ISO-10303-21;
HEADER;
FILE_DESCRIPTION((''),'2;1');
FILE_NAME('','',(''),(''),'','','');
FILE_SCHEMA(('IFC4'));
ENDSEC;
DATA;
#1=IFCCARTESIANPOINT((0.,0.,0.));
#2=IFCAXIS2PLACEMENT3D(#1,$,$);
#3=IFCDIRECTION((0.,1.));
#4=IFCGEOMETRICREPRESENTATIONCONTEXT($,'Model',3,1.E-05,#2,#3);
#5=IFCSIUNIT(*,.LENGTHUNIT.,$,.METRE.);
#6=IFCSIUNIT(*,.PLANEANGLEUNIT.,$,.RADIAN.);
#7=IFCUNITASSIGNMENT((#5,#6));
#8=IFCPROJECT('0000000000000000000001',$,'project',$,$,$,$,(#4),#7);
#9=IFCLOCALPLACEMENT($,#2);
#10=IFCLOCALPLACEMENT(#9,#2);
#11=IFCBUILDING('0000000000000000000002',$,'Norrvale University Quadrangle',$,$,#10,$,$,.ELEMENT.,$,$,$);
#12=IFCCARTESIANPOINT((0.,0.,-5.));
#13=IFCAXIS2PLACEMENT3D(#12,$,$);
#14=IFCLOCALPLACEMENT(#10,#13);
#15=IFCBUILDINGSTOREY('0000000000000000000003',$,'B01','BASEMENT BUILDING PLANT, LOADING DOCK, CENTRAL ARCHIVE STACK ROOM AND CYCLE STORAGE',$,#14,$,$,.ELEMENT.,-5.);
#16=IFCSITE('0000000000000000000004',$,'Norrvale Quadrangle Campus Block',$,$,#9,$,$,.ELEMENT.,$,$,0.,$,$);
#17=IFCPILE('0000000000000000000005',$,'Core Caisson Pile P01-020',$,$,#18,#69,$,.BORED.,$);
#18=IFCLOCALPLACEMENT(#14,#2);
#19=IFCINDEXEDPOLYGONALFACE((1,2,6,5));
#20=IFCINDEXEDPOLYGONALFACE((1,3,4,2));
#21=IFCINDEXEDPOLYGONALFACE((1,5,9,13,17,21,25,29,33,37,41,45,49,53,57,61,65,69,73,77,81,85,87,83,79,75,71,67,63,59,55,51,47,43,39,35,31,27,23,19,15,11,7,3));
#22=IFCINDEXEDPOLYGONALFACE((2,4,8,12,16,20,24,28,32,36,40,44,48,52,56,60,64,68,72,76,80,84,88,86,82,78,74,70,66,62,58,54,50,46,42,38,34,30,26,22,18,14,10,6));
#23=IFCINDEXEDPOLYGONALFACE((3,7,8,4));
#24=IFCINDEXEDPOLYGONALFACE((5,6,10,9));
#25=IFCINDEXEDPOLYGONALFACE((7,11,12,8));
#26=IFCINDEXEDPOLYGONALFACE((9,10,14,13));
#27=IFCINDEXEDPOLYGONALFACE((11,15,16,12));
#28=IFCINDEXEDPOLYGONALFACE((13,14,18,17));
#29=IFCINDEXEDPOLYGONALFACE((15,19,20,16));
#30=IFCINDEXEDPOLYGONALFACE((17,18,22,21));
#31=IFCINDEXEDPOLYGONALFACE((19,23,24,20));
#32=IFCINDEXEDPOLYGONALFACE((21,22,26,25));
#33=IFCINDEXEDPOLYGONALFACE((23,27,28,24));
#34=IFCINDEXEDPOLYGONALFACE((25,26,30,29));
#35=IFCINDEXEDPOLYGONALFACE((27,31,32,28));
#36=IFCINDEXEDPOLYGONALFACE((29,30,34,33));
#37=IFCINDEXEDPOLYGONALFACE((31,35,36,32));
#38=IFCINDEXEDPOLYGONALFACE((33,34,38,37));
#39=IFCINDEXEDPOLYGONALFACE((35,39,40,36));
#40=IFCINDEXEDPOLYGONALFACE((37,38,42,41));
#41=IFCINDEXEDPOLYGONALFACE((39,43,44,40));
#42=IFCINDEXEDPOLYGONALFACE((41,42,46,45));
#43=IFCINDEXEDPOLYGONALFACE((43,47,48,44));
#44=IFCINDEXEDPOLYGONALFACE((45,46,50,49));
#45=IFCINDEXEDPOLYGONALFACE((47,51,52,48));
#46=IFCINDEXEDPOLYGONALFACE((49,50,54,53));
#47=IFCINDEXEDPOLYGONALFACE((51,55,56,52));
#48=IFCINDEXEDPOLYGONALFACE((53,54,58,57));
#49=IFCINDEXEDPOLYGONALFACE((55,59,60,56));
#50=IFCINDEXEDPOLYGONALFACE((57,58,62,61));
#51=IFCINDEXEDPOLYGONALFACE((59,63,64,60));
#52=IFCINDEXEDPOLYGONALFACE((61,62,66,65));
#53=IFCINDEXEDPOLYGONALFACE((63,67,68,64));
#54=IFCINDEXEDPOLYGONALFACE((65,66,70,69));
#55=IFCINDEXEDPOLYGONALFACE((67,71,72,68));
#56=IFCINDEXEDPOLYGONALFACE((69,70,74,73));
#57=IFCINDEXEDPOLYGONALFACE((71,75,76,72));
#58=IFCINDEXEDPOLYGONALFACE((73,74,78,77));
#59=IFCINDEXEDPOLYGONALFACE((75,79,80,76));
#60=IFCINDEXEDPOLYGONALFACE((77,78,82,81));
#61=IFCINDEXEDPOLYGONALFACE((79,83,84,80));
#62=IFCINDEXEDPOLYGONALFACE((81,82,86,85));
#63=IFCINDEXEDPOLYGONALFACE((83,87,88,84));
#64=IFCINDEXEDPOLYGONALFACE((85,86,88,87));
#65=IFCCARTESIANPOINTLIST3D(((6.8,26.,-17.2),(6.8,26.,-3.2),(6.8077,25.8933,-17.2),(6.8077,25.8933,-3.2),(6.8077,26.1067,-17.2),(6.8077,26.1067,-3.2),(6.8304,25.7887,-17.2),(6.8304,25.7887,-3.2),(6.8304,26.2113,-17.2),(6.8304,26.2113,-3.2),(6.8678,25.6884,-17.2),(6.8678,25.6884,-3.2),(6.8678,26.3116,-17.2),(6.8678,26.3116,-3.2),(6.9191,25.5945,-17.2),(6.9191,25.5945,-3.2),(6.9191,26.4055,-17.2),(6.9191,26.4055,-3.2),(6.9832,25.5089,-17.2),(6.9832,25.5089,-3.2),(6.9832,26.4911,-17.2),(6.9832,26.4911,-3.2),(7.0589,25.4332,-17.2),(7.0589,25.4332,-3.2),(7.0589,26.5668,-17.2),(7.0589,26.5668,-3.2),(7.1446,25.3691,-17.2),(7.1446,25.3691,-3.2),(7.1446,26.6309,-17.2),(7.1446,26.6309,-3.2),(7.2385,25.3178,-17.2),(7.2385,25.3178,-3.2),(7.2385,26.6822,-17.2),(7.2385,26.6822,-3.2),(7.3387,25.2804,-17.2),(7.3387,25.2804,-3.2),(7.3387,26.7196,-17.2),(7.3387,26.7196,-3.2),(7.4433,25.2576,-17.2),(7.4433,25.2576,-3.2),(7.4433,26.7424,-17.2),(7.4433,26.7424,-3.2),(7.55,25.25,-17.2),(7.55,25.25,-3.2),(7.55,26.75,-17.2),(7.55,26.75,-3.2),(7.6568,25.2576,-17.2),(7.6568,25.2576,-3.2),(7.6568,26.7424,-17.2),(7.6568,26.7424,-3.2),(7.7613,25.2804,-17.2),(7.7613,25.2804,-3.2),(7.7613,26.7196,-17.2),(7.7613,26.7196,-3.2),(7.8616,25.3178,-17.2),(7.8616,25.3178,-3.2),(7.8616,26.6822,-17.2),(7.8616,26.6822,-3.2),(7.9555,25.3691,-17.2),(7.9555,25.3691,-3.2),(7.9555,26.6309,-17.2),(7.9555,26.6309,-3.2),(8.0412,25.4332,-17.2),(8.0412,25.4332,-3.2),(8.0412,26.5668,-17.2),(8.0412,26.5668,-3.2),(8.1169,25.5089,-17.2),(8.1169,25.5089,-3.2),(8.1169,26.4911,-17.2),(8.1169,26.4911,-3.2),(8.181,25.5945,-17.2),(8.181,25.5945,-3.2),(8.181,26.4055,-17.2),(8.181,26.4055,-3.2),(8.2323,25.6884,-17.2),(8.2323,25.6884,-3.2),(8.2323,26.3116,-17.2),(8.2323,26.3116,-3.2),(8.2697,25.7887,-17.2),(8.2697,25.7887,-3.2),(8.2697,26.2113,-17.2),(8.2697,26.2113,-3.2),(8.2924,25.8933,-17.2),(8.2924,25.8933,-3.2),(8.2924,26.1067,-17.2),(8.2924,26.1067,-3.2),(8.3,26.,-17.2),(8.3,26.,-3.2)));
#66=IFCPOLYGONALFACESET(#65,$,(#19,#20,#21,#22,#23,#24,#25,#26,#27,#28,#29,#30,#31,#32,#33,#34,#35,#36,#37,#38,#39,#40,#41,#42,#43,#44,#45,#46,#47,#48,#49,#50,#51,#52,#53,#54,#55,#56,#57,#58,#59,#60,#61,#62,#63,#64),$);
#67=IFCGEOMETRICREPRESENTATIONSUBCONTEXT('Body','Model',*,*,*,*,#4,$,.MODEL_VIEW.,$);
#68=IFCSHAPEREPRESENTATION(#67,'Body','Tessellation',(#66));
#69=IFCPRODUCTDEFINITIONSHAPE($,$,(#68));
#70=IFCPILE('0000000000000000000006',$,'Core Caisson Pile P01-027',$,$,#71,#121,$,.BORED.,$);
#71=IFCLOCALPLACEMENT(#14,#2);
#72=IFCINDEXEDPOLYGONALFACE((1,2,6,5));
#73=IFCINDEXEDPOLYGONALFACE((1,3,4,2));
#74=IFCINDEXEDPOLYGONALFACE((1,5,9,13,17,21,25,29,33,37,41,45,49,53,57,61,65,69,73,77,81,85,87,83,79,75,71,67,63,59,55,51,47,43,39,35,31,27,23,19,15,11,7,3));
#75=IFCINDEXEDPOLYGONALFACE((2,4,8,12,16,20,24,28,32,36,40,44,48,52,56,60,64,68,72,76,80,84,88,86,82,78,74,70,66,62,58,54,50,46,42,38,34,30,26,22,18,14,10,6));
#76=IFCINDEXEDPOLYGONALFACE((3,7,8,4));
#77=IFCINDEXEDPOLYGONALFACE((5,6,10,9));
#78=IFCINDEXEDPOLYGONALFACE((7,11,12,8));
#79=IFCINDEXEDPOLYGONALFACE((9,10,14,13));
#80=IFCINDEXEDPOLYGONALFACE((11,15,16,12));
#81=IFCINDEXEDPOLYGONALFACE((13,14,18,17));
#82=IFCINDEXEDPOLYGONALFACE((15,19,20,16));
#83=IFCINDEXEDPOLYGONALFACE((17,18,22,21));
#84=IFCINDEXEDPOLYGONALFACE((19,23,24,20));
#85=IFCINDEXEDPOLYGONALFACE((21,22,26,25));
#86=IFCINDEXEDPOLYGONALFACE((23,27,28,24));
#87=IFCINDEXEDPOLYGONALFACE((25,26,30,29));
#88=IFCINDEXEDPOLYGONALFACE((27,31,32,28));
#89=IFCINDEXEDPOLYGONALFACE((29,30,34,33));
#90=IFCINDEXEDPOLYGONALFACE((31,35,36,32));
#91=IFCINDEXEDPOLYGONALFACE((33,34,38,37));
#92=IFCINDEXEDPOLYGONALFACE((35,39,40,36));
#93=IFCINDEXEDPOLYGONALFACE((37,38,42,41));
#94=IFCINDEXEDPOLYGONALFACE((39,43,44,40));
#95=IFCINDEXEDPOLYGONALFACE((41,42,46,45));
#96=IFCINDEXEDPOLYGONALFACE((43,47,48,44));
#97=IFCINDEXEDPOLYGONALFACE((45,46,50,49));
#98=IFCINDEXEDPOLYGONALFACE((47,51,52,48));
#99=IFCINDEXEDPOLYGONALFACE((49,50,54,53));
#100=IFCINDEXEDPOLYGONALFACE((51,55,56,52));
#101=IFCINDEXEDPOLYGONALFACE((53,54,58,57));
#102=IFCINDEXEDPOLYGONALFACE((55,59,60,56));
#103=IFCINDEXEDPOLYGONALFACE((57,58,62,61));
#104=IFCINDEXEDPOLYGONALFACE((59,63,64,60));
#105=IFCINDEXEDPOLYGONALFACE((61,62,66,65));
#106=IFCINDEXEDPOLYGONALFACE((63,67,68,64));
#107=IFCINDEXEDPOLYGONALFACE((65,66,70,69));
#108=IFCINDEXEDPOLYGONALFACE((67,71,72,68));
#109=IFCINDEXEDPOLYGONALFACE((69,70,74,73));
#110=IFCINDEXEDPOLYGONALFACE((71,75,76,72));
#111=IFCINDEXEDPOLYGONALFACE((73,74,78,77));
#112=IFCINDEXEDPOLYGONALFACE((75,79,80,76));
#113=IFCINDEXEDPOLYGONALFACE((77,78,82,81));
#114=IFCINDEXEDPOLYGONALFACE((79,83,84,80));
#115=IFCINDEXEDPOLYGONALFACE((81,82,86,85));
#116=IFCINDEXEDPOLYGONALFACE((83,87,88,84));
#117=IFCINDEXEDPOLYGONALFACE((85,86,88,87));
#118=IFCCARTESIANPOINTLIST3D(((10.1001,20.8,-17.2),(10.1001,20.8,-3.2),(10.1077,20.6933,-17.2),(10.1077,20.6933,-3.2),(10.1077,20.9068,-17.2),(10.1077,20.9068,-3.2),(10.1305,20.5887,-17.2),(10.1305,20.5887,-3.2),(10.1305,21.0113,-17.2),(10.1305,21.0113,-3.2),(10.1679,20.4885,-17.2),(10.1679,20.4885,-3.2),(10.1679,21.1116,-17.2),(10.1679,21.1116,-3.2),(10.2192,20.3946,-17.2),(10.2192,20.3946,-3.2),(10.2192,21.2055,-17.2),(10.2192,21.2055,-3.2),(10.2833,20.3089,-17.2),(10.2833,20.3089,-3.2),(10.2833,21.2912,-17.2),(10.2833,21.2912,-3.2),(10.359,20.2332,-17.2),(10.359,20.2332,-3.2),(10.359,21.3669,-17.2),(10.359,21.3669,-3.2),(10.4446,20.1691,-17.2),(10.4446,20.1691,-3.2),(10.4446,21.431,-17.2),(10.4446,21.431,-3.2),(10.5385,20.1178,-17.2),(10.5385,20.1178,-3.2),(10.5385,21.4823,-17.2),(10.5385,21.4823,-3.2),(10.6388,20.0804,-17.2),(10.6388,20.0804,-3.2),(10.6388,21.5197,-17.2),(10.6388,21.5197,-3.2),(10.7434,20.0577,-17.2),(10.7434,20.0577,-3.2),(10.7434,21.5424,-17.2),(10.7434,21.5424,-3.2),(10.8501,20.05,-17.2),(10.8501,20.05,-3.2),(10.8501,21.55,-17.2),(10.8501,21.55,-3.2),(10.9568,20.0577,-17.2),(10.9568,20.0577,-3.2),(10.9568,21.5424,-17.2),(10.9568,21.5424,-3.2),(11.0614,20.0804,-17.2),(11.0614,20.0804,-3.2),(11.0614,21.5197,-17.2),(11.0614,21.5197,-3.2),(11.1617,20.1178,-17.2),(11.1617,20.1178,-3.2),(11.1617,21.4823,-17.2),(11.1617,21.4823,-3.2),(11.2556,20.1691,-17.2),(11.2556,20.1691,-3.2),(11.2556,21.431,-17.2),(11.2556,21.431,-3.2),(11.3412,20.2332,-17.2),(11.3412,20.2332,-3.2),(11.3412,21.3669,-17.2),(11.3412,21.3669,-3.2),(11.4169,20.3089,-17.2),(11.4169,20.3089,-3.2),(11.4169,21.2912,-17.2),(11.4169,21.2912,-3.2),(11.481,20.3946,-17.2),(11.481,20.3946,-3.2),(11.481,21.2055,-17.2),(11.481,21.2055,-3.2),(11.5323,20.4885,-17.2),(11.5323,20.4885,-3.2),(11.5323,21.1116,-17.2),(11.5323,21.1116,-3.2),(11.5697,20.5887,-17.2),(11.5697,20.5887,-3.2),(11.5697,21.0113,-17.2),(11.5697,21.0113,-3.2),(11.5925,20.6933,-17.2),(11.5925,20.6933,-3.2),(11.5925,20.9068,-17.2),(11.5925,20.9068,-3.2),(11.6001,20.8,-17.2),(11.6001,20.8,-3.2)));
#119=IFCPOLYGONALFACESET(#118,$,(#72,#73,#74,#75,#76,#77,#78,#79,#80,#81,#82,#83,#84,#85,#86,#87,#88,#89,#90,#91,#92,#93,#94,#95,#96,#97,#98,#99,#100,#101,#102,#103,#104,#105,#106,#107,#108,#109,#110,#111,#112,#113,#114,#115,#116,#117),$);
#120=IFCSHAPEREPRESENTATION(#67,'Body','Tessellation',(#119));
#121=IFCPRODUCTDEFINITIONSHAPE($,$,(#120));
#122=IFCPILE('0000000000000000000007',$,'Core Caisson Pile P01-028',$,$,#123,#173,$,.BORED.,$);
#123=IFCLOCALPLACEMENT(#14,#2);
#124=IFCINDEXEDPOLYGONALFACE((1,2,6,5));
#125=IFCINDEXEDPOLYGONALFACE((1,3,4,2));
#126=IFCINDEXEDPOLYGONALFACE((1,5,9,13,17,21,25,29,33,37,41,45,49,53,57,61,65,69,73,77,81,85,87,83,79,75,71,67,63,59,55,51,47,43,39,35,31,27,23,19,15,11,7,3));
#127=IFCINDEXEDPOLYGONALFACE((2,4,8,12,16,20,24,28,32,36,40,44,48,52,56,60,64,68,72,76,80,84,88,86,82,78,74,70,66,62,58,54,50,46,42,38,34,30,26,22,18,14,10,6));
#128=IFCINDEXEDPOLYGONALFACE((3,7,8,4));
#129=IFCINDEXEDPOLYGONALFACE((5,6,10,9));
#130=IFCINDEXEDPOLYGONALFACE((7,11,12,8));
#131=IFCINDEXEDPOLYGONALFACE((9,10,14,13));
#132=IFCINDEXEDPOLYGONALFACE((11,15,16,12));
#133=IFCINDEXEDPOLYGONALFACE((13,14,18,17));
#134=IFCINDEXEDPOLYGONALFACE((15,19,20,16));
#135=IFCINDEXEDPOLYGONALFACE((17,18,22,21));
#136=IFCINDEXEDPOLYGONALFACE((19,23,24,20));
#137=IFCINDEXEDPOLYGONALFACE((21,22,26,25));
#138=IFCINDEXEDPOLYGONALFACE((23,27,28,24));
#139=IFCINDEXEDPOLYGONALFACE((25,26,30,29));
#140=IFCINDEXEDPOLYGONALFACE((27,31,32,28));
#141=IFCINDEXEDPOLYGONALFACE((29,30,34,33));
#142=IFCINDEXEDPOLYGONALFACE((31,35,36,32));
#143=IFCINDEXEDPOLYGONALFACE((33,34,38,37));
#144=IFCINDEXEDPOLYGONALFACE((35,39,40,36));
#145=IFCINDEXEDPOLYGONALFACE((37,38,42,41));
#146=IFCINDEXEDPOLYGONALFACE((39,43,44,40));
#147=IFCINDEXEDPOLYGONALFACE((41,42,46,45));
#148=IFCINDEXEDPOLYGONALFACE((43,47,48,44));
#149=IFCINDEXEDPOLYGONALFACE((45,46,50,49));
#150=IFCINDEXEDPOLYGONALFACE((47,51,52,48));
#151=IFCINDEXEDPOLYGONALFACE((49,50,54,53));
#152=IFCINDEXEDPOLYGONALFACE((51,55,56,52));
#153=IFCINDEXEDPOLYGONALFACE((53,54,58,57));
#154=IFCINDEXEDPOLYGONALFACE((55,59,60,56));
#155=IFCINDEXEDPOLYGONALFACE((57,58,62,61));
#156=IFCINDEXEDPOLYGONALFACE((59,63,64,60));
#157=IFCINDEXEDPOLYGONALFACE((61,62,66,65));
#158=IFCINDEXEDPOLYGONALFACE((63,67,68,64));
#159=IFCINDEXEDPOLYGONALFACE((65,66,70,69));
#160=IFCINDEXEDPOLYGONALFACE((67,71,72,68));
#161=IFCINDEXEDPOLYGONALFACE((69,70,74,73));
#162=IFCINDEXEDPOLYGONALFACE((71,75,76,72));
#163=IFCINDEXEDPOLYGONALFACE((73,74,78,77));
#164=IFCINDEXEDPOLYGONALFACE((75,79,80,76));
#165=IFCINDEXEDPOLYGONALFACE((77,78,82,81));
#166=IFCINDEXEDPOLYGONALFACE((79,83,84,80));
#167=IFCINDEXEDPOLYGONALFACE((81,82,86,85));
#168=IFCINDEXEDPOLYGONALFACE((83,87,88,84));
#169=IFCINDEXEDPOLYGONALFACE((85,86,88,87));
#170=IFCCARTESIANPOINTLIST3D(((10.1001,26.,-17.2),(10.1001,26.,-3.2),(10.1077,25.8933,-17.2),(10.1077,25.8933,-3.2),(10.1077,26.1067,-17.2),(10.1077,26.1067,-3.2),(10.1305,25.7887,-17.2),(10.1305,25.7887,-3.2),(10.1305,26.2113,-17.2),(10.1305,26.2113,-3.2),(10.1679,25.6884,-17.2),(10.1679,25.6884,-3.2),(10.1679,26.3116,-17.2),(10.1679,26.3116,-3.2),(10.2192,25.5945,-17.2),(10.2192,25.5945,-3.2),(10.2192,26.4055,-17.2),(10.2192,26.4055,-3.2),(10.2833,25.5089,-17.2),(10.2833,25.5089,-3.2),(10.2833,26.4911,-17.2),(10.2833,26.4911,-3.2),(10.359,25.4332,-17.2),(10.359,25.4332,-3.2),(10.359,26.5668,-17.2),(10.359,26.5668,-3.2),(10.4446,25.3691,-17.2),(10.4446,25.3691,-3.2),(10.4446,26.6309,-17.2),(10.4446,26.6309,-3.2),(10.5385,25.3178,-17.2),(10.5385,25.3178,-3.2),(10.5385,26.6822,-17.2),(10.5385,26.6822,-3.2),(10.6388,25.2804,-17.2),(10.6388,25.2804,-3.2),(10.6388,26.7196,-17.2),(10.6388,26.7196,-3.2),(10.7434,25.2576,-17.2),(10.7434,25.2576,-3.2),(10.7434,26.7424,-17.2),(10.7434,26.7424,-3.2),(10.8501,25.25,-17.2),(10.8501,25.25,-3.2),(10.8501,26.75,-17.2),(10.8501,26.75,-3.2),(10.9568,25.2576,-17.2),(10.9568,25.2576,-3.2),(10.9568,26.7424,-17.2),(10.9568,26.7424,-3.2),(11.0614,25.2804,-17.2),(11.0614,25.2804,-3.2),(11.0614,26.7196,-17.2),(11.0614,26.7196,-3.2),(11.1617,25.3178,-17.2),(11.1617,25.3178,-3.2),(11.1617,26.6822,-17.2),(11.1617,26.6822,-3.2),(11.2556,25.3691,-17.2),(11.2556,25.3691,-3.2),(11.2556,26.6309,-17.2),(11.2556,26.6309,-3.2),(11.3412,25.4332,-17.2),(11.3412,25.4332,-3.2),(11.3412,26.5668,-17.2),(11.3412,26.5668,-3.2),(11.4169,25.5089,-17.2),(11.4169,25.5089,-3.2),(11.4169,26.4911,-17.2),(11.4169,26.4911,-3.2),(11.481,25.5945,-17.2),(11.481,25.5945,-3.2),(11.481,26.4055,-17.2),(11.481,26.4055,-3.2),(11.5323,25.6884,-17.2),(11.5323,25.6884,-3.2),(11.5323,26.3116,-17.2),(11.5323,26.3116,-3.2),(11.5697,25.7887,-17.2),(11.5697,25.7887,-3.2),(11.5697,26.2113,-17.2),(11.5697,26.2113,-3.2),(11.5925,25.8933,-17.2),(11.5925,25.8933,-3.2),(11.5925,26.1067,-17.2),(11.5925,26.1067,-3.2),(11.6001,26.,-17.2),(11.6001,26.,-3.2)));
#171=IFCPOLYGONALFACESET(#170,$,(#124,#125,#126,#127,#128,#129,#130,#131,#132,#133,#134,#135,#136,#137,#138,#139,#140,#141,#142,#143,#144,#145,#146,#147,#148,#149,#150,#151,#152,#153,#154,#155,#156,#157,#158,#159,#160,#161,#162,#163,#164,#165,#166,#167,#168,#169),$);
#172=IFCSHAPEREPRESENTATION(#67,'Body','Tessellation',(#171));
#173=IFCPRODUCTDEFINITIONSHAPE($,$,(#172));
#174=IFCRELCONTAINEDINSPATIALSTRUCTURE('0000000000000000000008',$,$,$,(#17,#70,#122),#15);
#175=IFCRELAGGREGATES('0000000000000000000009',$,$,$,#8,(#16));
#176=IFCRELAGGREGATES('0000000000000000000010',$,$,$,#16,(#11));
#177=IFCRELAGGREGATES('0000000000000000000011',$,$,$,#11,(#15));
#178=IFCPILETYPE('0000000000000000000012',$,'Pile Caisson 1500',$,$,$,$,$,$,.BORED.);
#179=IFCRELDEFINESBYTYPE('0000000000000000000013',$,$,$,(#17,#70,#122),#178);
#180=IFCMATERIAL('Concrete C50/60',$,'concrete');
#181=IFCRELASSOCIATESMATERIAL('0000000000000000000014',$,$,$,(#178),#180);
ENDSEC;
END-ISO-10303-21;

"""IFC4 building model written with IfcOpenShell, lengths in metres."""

from ifc_helpers import new_model, si_unit, direction, frame, origin, origin_2d, place, context, subcontext, project, spatial, circle, extrude, material, material_profile, profile_set, type_object, element, save


model = new_model("IFC4")

# Units and contexts
model_context = context("Model", 3, precision=1e-05, world=origin(), true_north=direction((0.0, 1.0)))
body_context = subcontext(model_context, "Body", "Model", "MODEL_VIEW")
ifc_project = project(units=[si_unit("LENGTHUNIT", "METRE"), si_unit("PLANEANGLEUNIT", "RADIAN")], contexts=[model_context])

# Site, building, storey
site_placement = place(None, origin())
site = spatial("IfcSite", under=ifc_project, at=site_placement, Name="Norrvale Quadrangle Campus Block", CompositionType="ELEMENT", RefElevation=0.0)
building_placement = place(site_placement, origin())
building = spatial("IfcBuilding", under=site, at=building_placement, Name="Norrvale University Quadrangle", CompositionType="ELEMENT")
storey_placement = place(building_placement, frame((0.0, 0.0, -5.0)))
storey = spatial("IfcBuildingStorey", under=building, at=storey_placement, Name="B01", Description="BASEMENT BUILDING PLANT, LOADING DOCK, CENTRAL ARCHIVE STACK ROOM AND CYCLE STORAGE", CompositionType="ELEMENT", Elevation=-5.0)

# Piles
ifc_material_1 = material(Name="Concrete C50/60", Category="concrete")
ifc_material_profile_1 = material_profile(ifc_material_1, circle(Radius=0.75, at=origin_2d()), Name="Concrete C50/60")
ifc_profile_set_1 = profile_set([ifc_material_profile_1], Name="Concrete C50/60")
pile_type_1 = type_object("IfcPileType", Name="Pile Caisson 1500", PredefinedType="BORED", material=ifc_profile_set_1)
for number, where, z_axis, x_axis, name in (
    (1, (7.55, 26.0, -3.2), (0.0, 0.0, -1.0), (1.0, 0.0, 0.0), "Core Caisson Pile P01-020"),
    (2, (10.8501, 20.8, -3.2), (0.0, 0.0, -1.0), (1.0, 0.0, 0.0), "Core Caisson Pile P01-027"),
    (3, (10.8501, 26.0, -3.2), (0.0, 0.0, -1.0), (1.0, 0.0, 0.0), "Core Caisson Pile P01-028"),
):
    element("IfcPile", number, at=place(storey_placement, frame(where, z_axis=z_axis, x_axis=x_axis)), inside=storey, type_object=pile_type_1, Name=name, PredefinedType="BORED", context=body_context, shape_type="SweptSolid", body=[
        extrude(circle(Radius=0.75, at=origin_2d()), origin(), (0.0, 0.0, 1.0), 14.0),
    ])

save(model, "model.ifc")
